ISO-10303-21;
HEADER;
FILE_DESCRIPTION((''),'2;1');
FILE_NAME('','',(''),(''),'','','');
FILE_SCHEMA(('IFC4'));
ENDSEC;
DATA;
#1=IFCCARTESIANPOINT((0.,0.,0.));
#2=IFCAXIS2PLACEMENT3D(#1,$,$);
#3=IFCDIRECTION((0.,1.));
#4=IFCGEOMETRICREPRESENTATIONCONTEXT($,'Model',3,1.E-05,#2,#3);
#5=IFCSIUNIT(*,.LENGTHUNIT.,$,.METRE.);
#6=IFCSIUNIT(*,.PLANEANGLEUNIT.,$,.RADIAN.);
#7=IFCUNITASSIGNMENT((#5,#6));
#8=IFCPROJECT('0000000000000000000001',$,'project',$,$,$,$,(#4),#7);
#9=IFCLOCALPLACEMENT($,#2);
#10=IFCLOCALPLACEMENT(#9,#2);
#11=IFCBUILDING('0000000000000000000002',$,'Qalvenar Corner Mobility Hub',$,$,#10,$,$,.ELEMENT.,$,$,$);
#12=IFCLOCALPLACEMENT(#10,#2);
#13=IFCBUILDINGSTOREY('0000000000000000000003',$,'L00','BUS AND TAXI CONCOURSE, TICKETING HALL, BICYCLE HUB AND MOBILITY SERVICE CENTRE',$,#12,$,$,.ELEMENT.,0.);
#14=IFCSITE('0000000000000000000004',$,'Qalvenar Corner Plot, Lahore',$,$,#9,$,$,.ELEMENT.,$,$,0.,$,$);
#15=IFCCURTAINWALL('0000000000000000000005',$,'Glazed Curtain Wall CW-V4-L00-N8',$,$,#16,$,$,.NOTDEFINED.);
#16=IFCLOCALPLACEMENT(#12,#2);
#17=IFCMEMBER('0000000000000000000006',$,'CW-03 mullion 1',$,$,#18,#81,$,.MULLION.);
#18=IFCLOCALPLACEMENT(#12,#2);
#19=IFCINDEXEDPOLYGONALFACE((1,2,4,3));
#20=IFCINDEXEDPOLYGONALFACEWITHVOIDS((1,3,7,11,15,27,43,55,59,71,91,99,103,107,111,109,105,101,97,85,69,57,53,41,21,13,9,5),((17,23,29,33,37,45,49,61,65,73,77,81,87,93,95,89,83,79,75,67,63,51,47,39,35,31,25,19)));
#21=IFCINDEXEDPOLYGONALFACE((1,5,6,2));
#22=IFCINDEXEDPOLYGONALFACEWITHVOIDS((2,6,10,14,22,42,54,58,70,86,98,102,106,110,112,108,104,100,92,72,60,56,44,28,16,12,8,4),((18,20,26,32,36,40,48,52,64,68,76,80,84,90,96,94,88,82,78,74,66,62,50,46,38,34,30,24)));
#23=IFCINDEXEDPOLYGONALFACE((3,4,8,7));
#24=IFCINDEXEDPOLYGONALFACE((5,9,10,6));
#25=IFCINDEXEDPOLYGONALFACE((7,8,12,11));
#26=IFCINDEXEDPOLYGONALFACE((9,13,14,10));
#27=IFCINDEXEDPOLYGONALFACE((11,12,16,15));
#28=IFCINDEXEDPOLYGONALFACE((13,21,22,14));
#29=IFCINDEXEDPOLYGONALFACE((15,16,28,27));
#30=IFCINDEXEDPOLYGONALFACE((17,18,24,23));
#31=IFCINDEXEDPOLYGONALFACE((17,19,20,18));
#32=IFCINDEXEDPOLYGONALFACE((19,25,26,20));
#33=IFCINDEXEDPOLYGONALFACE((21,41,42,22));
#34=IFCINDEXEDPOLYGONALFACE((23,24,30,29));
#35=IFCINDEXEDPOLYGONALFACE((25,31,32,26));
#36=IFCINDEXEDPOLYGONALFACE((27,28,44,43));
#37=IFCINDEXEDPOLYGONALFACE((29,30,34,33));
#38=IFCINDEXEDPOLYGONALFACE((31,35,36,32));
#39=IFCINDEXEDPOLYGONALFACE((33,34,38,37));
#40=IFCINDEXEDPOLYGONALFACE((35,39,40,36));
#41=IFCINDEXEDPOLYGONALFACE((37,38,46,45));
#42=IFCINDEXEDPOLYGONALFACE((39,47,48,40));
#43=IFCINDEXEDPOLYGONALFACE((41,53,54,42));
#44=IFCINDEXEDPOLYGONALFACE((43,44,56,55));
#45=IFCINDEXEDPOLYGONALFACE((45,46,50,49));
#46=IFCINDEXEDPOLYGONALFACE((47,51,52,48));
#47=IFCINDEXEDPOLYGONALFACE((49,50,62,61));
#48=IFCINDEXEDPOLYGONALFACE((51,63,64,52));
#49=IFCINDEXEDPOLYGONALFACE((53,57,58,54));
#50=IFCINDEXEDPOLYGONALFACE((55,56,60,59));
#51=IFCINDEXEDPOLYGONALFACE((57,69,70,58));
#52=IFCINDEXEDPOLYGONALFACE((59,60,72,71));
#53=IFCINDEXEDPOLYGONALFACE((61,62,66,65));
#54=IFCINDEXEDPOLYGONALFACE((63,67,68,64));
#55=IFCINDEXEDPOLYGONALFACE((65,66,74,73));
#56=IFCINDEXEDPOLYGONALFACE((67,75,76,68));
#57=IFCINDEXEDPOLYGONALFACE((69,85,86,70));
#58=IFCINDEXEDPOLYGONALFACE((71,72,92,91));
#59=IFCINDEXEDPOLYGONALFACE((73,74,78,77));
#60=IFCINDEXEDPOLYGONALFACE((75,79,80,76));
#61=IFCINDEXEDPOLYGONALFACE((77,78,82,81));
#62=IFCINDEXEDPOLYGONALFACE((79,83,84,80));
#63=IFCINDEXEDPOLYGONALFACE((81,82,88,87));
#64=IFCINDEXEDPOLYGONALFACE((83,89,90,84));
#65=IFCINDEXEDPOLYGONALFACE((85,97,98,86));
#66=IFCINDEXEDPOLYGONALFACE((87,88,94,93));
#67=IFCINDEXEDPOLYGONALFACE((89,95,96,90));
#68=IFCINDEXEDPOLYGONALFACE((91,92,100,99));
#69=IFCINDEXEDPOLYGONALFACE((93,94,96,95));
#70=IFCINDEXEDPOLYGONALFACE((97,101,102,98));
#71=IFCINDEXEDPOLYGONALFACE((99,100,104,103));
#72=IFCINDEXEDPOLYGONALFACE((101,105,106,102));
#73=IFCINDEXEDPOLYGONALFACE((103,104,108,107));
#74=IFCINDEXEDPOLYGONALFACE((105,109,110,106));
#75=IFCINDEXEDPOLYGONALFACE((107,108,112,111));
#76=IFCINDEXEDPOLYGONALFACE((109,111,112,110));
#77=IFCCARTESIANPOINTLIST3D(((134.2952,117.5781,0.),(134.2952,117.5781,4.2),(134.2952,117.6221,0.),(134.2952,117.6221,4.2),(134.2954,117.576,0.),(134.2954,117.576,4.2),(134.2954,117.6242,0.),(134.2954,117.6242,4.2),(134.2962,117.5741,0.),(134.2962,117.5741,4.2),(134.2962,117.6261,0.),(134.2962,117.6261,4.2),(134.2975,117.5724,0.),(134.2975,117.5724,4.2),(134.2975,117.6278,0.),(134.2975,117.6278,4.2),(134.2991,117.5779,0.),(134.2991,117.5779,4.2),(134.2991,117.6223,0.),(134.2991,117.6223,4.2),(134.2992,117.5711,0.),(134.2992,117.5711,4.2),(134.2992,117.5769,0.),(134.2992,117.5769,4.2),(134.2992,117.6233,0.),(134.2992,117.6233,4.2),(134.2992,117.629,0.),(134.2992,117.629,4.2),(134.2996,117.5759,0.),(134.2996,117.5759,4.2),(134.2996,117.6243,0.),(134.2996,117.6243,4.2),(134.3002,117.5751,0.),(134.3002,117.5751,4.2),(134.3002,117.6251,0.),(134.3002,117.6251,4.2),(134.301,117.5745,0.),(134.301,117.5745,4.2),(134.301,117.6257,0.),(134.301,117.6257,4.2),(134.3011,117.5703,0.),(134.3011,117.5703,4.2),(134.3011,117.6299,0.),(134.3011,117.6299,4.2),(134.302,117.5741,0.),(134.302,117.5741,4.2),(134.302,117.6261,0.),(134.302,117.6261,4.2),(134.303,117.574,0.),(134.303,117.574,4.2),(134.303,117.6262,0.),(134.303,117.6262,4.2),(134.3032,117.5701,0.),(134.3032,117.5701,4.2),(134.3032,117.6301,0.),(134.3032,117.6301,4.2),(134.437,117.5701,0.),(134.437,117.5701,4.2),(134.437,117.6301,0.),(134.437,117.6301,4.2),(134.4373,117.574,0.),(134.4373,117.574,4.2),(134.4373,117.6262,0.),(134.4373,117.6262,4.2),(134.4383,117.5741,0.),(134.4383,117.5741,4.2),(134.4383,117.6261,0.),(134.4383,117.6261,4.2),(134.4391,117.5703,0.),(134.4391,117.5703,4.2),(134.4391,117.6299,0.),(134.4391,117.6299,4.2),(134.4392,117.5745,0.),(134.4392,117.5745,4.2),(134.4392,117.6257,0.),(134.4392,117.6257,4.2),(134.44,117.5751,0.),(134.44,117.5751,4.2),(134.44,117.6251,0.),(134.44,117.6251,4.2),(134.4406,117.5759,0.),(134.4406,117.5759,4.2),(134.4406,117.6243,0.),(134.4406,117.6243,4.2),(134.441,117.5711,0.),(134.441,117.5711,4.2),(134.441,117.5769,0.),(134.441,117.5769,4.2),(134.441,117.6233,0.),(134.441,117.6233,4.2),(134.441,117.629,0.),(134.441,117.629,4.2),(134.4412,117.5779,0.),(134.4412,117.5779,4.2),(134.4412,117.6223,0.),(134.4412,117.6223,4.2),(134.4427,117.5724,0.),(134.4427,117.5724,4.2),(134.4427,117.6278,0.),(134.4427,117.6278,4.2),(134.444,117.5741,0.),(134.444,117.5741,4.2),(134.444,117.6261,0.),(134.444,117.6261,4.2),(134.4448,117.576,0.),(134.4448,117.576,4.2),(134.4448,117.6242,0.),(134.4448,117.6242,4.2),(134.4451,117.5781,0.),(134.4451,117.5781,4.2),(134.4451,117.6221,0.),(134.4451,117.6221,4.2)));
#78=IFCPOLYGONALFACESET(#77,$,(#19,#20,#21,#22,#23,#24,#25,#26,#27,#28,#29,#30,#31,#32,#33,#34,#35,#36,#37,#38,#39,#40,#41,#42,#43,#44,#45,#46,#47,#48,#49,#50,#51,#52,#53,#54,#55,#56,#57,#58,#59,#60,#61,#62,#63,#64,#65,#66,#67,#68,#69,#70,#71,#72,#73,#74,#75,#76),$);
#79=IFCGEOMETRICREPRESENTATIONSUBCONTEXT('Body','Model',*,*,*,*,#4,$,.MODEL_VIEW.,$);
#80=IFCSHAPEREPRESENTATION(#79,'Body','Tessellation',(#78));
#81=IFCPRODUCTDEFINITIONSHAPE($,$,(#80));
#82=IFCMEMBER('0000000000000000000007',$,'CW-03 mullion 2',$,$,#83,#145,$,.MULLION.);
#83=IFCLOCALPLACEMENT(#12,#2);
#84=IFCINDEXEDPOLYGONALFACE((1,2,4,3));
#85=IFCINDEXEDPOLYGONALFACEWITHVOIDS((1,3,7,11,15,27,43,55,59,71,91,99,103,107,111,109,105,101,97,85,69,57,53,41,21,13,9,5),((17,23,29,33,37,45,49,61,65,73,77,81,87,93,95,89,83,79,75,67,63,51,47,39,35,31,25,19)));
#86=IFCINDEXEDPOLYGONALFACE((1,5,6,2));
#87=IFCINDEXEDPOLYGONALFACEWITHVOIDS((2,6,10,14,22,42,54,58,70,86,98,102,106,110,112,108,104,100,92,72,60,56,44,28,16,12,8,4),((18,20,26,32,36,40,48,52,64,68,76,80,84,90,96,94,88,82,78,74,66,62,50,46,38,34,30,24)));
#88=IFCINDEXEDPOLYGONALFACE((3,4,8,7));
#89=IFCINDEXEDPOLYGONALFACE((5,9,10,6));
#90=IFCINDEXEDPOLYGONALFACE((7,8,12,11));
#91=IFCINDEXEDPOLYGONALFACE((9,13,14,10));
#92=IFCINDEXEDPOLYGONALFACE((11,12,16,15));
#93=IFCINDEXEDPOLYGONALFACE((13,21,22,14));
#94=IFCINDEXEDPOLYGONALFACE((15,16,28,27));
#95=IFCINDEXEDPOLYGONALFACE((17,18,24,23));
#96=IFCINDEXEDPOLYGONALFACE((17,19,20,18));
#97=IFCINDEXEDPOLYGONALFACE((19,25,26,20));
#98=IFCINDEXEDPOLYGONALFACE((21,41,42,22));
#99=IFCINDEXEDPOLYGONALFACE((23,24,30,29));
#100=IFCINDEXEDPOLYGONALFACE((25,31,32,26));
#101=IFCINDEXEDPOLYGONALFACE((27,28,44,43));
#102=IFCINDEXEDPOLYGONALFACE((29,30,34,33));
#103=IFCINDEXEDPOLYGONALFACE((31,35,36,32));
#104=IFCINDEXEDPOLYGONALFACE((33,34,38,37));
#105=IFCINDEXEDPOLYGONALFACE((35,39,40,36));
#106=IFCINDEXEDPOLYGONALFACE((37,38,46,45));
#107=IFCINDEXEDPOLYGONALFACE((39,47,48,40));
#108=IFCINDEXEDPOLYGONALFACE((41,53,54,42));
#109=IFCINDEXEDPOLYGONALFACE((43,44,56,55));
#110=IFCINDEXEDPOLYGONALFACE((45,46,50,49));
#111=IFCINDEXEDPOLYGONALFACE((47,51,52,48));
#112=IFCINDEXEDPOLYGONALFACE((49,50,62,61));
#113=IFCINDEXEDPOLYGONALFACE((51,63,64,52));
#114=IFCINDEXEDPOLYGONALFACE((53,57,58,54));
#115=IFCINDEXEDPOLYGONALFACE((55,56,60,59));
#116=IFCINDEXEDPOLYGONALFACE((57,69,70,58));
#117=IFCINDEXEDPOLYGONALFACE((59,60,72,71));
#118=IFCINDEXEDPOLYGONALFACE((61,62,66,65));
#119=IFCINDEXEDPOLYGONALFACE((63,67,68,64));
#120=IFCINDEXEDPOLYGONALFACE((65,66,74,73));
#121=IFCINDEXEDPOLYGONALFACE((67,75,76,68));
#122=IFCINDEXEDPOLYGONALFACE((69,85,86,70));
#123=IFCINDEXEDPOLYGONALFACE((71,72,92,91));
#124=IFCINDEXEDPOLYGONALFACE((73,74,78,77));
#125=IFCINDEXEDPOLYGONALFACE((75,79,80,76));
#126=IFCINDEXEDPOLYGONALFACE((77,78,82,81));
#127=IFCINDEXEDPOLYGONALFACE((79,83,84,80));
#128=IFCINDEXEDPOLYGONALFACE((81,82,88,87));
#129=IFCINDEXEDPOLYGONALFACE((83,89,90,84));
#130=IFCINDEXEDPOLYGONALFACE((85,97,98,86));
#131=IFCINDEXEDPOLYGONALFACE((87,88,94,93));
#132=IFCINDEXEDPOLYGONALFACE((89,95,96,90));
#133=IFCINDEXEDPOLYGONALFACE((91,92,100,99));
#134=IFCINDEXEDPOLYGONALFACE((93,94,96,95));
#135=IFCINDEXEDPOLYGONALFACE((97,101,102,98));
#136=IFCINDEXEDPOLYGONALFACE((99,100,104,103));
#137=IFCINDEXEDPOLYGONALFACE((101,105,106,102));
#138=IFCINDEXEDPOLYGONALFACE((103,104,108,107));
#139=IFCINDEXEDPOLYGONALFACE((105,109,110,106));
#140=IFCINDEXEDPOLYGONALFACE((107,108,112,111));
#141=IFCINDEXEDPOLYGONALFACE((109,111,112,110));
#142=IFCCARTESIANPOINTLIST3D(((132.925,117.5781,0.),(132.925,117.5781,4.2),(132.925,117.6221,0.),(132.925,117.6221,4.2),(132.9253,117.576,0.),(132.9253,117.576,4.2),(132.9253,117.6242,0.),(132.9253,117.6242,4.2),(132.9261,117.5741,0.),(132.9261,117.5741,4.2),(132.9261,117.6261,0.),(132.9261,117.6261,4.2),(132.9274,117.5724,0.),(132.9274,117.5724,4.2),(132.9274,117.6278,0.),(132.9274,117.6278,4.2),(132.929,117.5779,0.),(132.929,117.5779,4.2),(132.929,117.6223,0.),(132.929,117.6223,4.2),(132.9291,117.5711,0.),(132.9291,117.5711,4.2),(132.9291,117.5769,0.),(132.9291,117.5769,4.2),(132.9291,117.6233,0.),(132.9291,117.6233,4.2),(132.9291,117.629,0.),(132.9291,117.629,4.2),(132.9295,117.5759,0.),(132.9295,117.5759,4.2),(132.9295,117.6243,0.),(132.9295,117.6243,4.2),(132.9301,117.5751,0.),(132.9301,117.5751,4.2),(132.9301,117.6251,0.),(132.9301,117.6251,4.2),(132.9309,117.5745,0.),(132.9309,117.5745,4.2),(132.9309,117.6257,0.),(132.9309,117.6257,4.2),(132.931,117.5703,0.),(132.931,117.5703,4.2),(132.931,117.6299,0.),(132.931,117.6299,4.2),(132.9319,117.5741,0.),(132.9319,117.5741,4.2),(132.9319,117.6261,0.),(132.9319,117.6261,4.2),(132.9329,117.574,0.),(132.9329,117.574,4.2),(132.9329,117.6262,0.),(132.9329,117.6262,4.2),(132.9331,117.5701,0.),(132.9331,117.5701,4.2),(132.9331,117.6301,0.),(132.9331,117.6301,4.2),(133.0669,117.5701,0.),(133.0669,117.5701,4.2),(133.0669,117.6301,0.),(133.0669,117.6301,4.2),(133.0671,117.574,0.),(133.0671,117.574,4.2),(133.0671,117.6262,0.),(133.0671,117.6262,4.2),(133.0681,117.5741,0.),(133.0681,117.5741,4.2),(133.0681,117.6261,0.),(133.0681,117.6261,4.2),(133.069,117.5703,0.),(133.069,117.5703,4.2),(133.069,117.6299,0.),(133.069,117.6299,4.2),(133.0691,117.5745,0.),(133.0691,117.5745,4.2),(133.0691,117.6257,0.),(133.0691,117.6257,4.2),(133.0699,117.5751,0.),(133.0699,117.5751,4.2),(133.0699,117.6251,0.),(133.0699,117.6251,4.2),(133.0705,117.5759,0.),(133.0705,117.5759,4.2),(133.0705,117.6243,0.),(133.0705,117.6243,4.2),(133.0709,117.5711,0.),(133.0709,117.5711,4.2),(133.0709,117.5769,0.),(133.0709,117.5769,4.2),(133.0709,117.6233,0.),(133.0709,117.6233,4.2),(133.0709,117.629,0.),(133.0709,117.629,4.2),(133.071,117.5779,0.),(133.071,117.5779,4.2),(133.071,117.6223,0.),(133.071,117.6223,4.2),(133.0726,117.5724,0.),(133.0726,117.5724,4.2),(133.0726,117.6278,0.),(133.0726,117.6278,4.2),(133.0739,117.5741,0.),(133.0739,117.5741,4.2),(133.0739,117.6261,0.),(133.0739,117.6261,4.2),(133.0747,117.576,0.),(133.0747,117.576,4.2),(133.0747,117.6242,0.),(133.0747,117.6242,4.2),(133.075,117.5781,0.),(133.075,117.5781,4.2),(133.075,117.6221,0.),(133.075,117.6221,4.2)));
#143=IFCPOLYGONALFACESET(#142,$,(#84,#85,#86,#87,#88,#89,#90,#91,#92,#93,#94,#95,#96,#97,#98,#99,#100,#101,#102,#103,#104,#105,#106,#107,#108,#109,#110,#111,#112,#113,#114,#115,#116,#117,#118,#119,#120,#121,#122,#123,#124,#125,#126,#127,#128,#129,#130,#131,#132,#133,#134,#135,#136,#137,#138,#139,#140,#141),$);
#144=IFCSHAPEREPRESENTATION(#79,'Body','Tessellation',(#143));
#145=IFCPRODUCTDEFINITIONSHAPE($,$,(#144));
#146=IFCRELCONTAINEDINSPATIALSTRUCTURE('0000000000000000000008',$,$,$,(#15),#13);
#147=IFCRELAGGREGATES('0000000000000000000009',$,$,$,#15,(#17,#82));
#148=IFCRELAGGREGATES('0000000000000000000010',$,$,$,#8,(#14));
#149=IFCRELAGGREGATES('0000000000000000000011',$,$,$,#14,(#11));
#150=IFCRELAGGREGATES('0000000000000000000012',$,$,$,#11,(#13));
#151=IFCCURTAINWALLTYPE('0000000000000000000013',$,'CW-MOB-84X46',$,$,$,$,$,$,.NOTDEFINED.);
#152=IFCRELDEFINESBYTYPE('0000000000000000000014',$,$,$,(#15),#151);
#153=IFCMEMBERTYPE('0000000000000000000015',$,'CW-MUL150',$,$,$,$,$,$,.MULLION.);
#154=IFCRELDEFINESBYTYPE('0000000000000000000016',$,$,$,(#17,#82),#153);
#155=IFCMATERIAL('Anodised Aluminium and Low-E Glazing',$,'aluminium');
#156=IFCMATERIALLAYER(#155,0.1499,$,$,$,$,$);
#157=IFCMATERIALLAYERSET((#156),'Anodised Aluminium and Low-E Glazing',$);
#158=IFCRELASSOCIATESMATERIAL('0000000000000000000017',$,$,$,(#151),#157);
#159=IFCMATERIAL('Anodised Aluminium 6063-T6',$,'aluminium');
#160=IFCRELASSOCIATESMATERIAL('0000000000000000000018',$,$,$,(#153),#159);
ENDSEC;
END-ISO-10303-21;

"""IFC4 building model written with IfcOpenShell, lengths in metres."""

from ifc_helpers import new_model, si_unit, direction, frame, origin, origin_2d, place, context, subcontext, project, spatial, hollow_rectangle, extrude, material, layer, layer_set, material_profile, profile_set, type_object, element, aggregate, save


model = new_model("IFC4")

# Units and contexts
model_context = context("Model", 3, precision=1e-05, world=origin(), true_north=direction((0.0, 1.0)))
body_context = subcontext(model_context, "Body", "Model", "MODEL_VIEW")
ifc_project = project(units=[si_unit("LENGTHUNIT", "METRE"), si_unit("PLANEANGLEUNIT", "RADIAN")], contexts=[model_context])

# Site, building, storey
site_placement = place(None, origin())
site = spatial("IfcSite", under=ifc_project, at=site_placement, Name="Qalvenar Corner Plot, Lahore", CompositionType="ELEMENT", RefElevation=0.0)
building_placement = place(site_placement, origin())
building = spatial("IfcBuilding", under=site, at=building_placement, Name="Qalvenar Corner Mobility Hub", CompositionType="ELEMENT")
storey_placement = place(building_placement, origin())
storey = spatial("IfcBuildingStorey", under=building, at=storey_placement, Name="L00", Description="BUS AND TAXI CONCOURSE, TICKETING HALL, BICYCLE HUB AND MOBILITY SERVICE CENTRE", CompositionType="ELEMENT", Elevation=0.0)

# Curtain wall, members
ifc_material_1 = material(Name="Anodised Aluminium and Low-E Glazing", Category="aluminium")
ifc_layer_1 = layer(ifc_material_1, 0.1499)
ifc_layer_set_1 = layer_set([ifc_layer_1], Name="Anodised Aluminium and Low-E Glazing")
curtain_wall_type = type_object("IfcCurtainWallType", Name="CW-MOB-84X46", PredefinedType="NOTDEFINED", material=ifc_layer_set_1)
curtain_wall_placement = place(storey_placement, origin())
curtain_wall = element("IfcCurtainWall", 1, at=curtain_wall_placement, inside=storey, type_object=curtain_wall_type, Name="Glazed Curtain Wall CW-V4-L00-N8", PredefinedType="NOTDEFINED")
ifc_material_2 = material(Name="Anodised Aluminium 6063-T6", Category="aluminium")
ifc_material_profile_1 = material_profile(ifc_material_2, hollow_rectangle(XDim=0.0601, YDim=0.1499, WallThickness=0.0039, InnerFilletRadius=0.0039, OuterFilletRadius=0.0081, at=origin_2d()), Name="RHS150x60x4")
ifc_profile_set_1 = profile_set([ifc_material_profile_1], Name="Anodised Aluminium 6063-T6")
member_type_1 = type_object("IfcMemberType", Name="CW-MUL150", PredefinedType="MULLION", material=ifc_profile_set_1)
member_1_placement = place(storey_placement, frame((134.3701, 117.6001, 0.0), z_axis=(0.0, 0.0, 1.0), x_axis=(0.0, -1.0, 0.0)))
member_1 = element("IfcMember", 2, at=member_1_placement, type_object=member_type_1, Name="CW-03 mullion 1", PredefinedType="MULLION", context=body_context, shape_type="SweptSolid", body=[
    extrude(hollow_rectangle(XDim=0.0601, YDim=0.1499, WallThickness=0.0039, InnerFilletRadius=0.0039, OuterFilletRadius=0.0081, at=origin_2d()), origin(), (0.0, 0.0, 1.0), 4.2),
])
member_2_placement = place(storey_placement, frame((133.0, 117.6001, 0.0), z_axis=(0.0, 0.0, 1.0), x_axis=(0.0, -1.0, 0.0)))
member_2 = element("IfcMember", 3, at=member_2_placement, type_object=member_type_1, Name="CW-03 mullion 2", PredefinedType="MULLION", context=body_context, shape_type="SweptSolid", body=[
    extrude(hollow_rectangle(XDim=0.0601, YDim=0.1499, WallThickness=0.0039, InnerFilletRadius=0.0039, OuterFilletRadius=0.0081, at=origin_2d()), origin(), (0.0, 0.0, 1.0), 4.2),
])
aggregate(curtain_wall, [member_1, member_2])

save(model, "model.ifc")
